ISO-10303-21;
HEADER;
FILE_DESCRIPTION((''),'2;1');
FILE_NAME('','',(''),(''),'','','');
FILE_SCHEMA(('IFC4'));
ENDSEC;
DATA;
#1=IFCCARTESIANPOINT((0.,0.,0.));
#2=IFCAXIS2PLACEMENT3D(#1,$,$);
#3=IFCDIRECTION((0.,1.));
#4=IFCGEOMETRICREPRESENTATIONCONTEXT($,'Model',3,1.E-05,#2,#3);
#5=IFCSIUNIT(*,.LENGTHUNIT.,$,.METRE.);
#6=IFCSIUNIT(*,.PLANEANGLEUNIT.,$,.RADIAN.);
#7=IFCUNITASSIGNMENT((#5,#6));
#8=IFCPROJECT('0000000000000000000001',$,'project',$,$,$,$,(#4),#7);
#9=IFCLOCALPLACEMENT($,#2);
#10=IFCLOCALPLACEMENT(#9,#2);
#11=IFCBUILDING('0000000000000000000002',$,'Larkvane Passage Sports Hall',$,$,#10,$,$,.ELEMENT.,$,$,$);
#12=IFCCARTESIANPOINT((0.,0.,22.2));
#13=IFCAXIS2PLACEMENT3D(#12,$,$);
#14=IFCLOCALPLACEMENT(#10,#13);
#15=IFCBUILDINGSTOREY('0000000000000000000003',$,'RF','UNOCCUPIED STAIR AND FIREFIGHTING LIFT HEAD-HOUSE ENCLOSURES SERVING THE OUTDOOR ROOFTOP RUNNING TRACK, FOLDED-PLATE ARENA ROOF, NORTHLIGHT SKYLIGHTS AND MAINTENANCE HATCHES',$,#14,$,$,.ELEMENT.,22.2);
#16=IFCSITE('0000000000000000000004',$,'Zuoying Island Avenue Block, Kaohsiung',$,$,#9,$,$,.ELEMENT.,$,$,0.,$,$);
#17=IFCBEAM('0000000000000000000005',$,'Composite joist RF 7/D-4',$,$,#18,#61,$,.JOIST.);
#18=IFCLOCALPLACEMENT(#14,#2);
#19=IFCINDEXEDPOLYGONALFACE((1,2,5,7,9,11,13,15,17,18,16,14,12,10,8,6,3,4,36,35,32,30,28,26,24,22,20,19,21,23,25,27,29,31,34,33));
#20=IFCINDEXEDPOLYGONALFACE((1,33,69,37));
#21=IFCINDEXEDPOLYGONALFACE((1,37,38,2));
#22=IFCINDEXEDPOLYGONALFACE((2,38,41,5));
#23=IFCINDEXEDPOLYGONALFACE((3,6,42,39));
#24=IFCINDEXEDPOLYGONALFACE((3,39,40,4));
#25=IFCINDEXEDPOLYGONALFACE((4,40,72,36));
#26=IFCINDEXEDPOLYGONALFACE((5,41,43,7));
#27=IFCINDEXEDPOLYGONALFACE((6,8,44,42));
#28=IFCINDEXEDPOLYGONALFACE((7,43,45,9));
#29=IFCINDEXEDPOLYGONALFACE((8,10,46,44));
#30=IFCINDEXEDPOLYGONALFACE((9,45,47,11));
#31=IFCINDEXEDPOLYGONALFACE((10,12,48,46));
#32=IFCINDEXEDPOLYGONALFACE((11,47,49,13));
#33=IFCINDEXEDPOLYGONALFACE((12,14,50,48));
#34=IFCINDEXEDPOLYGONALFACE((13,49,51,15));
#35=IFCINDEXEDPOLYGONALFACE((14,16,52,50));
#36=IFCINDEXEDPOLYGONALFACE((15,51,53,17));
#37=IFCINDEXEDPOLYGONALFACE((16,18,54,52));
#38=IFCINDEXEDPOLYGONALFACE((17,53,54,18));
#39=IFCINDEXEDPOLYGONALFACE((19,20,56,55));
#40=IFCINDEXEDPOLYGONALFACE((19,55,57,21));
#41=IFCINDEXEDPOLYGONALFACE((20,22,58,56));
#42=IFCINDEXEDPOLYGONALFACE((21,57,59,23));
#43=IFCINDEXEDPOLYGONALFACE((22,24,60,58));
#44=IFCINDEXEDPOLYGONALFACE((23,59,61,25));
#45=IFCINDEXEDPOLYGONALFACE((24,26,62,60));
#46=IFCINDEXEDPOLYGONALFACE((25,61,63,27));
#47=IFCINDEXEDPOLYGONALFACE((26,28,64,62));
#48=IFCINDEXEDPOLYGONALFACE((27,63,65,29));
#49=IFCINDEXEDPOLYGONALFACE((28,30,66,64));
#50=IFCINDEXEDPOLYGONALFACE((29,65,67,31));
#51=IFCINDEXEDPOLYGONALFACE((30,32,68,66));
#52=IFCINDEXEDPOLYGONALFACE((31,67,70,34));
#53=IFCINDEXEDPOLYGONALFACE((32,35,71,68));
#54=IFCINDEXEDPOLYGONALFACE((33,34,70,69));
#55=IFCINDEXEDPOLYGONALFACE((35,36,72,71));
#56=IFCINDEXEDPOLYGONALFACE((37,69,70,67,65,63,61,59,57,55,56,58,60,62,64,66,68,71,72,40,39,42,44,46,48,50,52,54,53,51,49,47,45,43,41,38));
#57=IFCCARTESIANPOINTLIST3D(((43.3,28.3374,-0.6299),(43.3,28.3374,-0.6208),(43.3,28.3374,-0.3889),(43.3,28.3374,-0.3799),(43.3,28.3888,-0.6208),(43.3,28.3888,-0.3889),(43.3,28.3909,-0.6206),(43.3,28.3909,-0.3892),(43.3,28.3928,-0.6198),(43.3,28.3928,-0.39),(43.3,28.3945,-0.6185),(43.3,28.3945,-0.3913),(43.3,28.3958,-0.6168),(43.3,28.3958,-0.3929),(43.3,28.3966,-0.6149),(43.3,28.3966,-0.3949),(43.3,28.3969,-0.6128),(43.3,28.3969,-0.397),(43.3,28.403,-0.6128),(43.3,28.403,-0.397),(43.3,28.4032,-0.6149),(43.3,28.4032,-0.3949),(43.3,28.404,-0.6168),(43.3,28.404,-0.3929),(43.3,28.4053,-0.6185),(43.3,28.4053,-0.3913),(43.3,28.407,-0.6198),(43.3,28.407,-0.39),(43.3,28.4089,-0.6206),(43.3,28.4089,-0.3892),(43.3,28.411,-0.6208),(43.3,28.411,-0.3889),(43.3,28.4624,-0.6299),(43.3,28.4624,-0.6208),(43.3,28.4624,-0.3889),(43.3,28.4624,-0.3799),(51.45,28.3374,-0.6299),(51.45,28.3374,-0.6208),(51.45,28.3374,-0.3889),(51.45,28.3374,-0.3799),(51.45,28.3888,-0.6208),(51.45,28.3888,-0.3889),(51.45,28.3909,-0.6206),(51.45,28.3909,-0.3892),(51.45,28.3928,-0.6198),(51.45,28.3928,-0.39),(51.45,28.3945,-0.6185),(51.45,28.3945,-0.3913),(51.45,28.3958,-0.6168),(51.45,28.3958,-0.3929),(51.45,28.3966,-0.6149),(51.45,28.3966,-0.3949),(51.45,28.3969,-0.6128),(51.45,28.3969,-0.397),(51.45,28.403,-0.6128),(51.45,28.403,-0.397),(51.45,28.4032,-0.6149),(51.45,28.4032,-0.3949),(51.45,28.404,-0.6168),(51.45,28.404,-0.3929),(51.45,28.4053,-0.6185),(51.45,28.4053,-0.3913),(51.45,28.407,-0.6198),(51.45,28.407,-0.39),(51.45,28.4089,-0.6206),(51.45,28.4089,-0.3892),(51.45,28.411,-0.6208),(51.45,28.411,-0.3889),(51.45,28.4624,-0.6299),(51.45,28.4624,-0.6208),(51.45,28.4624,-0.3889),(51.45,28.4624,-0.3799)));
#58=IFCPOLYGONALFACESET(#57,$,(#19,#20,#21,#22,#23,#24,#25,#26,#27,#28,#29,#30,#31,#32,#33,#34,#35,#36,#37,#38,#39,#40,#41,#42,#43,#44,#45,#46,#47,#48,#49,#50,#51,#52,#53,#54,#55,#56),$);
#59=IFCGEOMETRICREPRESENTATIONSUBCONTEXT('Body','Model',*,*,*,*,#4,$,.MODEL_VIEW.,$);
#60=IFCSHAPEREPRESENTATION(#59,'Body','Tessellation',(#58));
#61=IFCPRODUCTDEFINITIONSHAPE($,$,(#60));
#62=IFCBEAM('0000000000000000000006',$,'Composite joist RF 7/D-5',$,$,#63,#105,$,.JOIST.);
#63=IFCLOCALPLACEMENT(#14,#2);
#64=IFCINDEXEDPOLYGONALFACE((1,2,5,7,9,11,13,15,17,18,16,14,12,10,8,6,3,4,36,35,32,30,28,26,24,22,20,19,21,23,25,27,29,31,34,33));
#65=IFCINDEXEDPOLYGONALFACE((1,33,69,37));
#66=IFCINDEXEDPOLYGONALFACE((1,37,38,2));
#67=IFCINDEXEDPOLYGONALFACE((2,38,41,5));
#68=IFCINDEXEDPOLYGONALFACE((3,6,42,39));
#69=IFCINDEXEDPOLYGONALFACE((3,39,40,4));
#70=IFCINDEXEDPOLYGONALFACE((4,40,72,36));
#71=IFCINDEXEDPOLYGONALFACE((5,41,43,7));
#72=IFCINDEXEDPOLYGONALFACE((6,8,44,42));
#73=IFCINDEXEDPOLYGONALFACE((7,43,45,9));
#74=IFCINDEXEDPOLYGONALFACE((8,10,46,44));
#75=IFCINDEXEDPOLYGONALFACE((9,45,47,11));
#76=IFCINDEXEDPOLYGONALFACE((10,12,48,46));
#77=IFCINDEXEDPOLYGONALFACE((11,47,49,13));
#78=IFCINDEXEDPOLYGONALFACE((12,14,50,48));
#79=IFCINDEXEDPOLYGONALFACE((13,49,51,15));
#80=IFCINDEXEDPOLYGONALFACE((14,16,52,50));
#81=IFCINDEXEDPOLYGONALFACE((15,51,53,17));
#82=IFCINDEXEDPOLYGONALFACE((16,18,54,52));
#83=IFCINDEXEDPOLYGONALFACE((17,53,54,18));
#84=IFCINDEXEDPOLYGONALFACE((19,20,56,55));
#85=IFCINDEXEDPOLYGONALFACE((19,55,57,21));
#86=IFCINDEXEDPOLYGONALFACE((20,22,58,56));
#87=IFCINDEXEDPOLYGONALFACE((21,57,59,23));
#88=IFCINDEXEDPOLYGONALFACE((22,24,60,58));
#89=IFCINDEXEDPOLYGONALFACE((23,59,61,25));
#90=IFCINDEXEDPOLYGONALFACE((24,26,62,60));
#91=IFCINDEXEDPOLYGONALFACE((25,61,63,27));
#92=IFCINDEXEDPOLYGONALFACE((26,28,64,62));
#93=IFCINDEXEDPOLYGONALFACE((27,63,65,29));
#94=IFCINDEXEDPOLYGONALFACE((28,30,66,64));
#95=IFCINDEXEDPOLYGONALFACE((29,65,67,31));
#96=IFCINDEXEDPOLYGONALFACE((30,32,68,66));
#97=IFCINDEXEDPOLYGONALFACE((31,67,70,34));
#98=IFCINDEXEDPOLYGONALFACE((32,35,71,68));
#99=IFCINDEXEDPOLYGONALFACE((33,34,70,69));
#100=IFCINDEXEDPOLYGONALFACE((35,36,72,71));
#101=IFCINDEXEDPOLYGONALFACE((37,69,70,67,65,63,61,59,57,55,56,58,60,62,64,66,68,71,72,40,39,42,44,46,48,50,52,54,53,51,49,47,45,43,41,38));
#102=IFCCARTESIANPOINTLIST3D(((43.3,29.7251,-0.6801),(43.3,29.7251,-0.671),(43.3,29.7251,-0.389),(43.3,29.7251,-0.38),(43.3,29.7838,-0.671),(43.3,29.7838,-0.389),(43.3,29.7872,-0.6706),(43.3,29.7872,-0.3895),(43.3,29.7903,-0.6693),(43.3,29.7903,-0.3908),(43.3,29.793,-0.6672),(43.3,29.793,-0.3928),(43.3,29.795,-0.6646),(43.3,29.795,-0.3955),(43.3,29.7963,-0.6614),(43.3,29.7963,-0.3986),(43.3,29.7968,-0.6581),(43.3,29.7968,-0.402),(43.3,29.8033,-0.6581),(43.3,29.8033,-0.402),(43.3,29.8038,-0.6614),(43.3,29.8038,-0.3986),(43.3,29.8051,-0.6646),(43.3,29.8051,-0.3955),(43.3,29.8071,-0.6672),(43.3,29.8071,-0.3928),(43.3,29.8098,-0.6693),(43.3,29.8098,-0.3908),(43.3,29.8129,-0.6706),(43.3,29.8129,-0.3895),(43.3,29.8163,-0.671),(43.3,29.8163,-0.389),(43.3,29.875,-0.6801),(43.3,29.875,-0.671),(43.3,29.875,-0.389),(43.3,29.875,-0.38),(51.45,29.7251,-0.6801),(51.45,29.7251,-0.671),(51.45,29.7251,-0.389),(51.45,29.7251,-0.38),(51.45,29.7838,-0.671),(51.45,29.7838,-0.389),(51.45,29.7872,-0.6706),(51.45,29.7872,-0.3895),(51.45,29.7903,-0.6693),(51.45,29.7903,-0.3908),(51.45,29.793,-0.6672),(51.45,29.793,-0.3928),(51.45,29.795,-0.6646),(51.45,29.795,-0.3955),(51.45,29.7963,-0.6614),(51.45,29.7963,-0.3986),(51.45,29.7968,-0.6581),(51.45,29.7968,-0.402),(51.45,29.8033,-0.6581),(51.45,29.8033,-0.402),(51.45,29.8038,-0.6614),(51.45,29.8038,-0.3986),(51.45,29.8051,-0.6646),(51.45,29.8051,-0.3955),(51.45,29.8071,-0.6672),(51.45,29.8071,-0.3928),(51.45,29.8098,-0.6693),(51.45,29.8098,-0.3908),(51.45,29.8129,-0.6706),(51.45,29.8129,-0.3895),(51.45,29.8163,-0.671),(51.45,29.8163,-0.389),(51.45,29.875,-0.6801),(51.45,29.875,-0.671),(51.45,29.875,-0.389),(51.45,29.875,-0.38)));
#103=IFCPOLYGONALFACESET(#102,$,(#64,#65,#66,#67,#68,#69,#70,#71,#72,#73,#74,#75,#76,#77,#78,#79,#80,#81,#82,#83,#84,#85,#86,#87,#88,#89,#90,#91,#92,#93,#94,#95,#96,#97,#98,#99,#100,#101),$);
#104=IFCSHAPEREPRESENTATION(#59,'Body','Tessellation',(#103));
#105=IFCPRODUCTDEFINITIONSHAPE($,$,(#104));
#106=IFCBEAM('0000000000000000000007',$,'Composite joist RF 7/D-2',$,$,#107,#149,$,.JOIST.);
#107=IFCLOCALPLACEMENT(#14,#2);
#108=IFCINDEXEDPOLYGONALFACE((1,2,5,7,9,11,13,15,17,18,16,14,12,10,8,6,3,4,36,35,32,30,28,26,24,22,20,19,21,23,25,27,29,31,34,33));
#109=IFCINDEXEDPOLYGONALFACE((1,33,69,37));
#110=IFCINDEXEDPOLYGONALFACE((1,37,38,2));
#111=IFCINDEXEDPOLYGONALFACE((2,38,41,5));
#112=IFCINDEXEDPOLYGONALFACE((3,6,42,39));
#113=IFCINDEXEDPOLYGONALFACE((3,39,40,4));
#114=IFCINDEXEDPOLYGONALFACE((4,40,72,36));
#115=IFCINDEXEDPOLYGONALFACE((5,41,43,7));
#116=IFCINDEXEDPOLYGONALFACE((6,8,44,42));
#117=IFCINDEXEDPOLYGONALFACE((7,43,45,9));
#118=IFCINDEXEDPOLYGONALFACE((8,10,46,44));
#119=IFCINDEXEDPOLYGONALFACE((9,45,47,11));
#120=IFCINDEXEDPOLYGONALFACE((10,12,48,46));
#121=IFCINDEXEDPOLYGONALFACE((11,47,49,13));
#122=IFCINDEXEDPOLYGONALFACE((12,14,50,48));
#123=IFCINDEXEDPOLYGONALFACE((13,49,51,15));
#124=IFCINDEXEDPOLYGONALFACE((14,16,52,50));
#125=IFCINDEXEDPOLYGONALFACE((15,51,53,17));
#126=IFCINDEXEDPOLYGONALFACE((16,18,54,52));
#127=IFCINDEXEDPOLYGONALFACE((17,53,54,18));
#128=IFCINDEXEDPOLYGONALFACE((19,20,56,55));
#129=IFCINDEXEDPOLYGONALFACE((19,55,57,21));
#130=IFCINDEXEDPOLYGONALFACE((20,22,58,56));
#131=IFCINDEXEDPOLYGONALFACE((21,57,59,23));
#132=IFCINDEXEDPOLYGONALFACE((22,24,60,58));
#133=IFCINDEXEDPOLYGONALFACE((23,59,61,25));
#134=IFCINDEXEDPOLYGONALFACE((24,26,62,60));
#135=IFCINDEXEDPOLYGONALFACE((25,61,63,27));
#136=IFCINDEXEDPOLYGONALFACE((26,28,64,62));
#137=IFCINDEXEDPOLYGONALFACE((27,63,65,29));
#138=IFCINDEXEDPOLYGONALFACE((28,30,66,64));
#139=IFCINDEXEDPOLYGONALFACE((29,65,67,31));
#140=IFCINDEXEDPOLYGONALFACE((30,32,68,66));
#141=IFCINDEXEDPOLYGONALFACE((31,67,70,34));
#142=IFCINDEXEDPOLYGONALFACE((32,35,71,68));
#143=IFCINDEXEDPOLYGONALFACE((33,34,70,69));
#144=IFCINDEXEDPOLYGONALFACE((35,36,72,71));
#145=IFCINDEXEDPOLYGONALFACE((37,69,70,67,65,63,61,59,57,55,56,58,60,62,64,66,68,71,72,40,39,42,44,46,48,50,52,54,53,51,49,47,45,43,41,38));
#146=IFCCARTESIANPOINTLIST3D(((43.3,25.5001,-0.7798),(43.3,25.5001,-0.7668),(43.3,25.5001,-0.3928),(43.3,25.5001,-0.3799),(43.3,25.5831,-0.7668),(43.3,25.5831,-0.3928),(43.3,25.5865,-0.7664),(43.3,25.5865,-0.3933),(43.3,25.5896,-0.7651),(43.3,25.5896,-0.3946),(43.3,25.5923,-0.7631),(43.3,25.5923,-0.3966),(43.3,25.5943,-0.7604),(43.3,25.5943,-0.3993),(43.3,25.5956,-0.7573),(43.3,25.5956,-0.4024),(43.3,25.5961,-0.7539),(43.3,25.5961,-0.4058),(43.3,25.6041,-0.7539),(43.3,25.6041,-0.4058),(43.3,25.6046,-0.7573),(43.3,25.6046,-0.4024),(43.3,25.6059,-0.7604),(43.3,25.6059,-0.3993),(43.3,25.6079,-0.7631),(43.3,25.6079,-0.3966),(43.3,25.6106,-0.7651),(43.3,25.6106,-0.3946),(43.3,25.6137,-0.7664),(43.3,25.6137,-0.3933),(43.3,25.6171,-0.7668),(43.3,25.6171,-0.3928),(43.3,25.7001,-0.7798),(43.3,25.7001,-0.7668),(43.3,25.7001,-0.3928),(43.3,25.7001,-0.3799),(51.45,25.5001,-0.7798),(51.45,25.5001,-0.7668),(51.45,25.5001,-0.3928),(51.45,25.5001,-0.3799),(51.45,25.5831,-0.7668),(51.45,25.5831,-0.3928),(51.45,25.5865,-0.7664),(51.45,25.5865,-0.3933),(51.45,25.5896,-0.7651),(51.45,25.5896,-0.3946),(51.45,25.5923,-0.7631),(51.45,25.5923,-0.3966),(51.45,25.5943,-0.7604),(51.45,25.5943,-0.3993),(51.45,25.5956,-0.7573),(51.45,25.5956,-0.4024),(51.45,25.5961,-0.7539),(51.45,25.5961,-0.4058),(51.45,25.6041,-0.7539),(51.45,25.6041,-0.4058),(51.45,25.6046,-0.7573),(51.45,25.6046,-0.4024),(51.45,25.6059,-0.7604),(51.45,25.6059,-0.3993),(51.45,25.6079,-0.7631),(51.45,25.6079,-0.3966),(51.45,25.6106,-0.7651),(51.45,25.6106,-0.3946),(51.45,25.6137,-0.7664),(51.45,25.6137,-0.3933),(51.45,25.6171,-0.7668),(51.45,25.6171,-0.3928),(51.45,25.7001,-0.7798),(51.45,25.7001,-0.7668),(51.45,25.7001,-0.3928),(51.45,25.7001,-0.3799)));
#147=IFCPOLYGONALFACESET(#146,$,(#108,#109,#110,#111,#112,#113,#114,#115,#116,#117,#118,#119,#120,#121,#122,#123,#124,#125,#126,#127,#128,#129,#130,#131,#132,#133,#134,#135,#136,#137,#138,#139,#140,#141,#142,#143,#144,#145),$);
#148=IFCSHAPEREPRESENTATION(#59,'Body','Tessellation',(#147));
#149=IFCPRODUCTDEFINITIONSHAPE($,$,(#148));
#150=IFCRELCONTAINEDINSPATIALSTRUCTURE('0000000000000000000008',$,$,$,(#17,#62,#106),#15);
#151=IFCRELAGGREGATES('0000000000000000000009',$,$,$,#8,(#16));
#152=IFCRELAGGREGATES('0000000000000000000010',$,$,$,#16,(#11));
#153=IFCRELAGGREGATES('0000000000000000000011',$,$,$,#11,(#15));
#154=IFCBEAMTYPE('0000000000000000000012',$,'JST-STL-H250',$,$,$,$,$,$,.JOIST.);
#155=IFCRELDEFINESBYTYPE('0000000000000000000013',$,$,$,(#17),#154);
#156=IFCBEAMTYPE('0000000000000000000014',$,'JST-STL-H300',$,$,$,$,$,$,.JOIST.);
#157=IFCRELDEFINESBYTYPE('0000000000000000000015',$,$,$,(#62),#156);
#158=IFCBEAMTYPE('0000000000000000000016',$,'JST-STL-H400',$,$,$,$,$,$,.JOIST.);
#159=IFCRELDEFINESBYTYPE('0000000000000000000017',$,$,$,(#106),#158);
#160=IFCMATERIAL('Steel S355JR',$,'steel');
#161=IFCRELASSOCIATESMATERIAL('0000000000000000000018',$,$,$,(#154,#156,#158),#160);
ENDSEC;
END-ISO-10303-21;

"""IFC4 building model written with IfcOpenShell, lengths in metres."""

from ifc_helpers import new_model, si_unit, direction, frame, origin, origin_2d, place, context, subcontext, project, spatial, i_section, extrude, material, material_profile, profile_set, type_object, element, save


model = new_model("IFC4")

# Units and contexts
model_context = context("Model", 3, precision=1e-05, world=origin(), true_north=direction((0.0, 1.0)))
body_context = subcontext(model_context, "Body", "Model", "MODEL_VIEW")
ifc_project = project(units=[si_unit("LENGTHUNIT", "METRE"), si_unit("PLANEANGLEUNIT", "RADIAN")], contexts=[model_context])

# Site, building, storey
site_placement = place(None, origin())
site = spatial("IfcSite", under=ifc_project, at=site_placement, Name="Zuoying Island Avenue Block, Kaohsiung", CompositionType="ELEMENT", RefElevation=0.0)
building_placement = place(site_placement, origin())
building = spatial("IfcBuilding", under=site, at=building_placement, Name="Larkvane Passage Sports Hall", CompositionType="ELEMENT")
storey_placement = place(building_placement, frame((0.0, 0.0, 22.2)))
storey = spatial("IfcBuildingStorey", under=building, at=storey_placement, Name="RF", Description="UNOCCUPIED STAIR AND FIREFIGHTING LIFT HEAD-HOUSE ENCLOSURES SERVING THE OUTDOOR ROOFTOP RUNNING TRACK, FOLDED-PLATE ARENA ROOF, NORTHLIGHT SKYLIGHTS AND MAINTENANCE HATCHES", CompositionType="ELEMENT", Elevation=22.2)

# Beams
ifc_material_1 = material(Name="Steel S355JR", Category="steel")
ifc_material_profile_1 = material_profile(ifc_material_1, i_section(OverallWidth=0.125, OverallDepth=0.25, WebThickness=0.0061, FlangeThickness=0.009, FilletRadius=0.0081, at=origin_2d()), Name="H-250x125x6x9")
ifc_profile_set_1 = profile_set([ifc_material_profile_1], Name="Steel S355JR")
beam_type_1 = type_object("IfcBeamType", Name="JST-STL-H250", PredefinedType="JOIST", material=ifc_profile_set_1)
beam_1_placement = place(storey_placement, frame((43.3, 28.3999, -0.5049), z_axis=(1.0, 0.0, 0.0), x_axis=(0.0, 1.0, 0.0)))
element("IfcBeam", 1, at=beam_1_placement, inside=storey, type_object=beam_type_1, Name="Composite joist RF 7/D-4", PredefinedType="JOIST", context=body_context, shape_type="SweptSolid", body=[
    extrude(i_section(OverallWidth=0.125, OverallDepth=0.25, WebThickness=0.0061, FlangeThickness=0.009, FilletRadius=0.0081, at=origin_2d()), origin(), (0.0, 0.0, 1.0), 8.1499),
])
ifc_material_profile_2 = material_profile(ifc_material_1, i_section(OverallWidth=0.1499, OverallDepth=0.3, WebThickness=0.0066, FlangeThickness=0.009, FilletRadius=0.0129, at=origin_2d()), Name="H-300x150x6.5x9")
ifc_profile_set_2 = profile_set([ifc_material_profile_2], Name="Steel S355JR")
beam_type_2 = type_object("IfcBeamType", Name="JST-STL-H300", PredefinedType="JOIST", material=ifc_profile_set_2)
beam_2_placement = place(storey_placement, frame((43.3, 29.8, -0.53), z_axis=(1.0, 0.0, 0.0), x_axis=(0.0, 1.0, 0.0)))
element("IfcBeam", 2, at=beam_2_placement, inside=storey, type_object=beam_type_2, Name="Composite joist RF 7/D-5", PredefinedType="JOIST", context=body_context, shape_type="SweptSolid", body=[
    extrude(i_section(OverallWidth=0.1499, OverallDepth=0.3, WebThickness=0.0066, FlangeThickness=0.009, FilletRadius=0.0129, at=origin_2d()), origin(), (0.0, 0.0, 1.0), 8.1499),
])
ifc_material_profile_3 = material_profile(ifc_material_1, i_section(OverallWidth=0.2, OverallDepth=0.3999, WebThickness=0.0081, FlangeThickness=0.0129, FilletRadius=0.0129, at=origin_2d()), Name="H-400x200x8x13")
ifc_profile_set_3 = profile_set([ifc_material_profile_3], Name="Steel S355JR")
beam_type_3 = type_object("IfcBeamType", Name="JST-STL-H400", PredefinedType="JOIST", material=ifc_profile_set_3)
beam_3_placement = place(storey_placement, frame((43.3, 25.6001, -0.5798), z_axis=(1.0, 0.0, 0.0), x_axis=(0.0, 1.0, 0.0)))
element("IfcBeam", 3, at=beam_3_placement, inside=storey, type_object=beam_type_3, Name="Composite joist RF 7/D-2", PredefinedType="JOIST", context=body_context, shape_type="SweptSolid", body=[
    extrude(i_section(OverallWidth=0.2, OverallDepth=0.3999, WebThickness=0.0081, FlangeThickness=0.0129, FilletRadius=0.0129, at=origin_2d()), origin(), (0.0, 0.0, 1.0), 8.1499),
])

save(model, "model.ifc")
